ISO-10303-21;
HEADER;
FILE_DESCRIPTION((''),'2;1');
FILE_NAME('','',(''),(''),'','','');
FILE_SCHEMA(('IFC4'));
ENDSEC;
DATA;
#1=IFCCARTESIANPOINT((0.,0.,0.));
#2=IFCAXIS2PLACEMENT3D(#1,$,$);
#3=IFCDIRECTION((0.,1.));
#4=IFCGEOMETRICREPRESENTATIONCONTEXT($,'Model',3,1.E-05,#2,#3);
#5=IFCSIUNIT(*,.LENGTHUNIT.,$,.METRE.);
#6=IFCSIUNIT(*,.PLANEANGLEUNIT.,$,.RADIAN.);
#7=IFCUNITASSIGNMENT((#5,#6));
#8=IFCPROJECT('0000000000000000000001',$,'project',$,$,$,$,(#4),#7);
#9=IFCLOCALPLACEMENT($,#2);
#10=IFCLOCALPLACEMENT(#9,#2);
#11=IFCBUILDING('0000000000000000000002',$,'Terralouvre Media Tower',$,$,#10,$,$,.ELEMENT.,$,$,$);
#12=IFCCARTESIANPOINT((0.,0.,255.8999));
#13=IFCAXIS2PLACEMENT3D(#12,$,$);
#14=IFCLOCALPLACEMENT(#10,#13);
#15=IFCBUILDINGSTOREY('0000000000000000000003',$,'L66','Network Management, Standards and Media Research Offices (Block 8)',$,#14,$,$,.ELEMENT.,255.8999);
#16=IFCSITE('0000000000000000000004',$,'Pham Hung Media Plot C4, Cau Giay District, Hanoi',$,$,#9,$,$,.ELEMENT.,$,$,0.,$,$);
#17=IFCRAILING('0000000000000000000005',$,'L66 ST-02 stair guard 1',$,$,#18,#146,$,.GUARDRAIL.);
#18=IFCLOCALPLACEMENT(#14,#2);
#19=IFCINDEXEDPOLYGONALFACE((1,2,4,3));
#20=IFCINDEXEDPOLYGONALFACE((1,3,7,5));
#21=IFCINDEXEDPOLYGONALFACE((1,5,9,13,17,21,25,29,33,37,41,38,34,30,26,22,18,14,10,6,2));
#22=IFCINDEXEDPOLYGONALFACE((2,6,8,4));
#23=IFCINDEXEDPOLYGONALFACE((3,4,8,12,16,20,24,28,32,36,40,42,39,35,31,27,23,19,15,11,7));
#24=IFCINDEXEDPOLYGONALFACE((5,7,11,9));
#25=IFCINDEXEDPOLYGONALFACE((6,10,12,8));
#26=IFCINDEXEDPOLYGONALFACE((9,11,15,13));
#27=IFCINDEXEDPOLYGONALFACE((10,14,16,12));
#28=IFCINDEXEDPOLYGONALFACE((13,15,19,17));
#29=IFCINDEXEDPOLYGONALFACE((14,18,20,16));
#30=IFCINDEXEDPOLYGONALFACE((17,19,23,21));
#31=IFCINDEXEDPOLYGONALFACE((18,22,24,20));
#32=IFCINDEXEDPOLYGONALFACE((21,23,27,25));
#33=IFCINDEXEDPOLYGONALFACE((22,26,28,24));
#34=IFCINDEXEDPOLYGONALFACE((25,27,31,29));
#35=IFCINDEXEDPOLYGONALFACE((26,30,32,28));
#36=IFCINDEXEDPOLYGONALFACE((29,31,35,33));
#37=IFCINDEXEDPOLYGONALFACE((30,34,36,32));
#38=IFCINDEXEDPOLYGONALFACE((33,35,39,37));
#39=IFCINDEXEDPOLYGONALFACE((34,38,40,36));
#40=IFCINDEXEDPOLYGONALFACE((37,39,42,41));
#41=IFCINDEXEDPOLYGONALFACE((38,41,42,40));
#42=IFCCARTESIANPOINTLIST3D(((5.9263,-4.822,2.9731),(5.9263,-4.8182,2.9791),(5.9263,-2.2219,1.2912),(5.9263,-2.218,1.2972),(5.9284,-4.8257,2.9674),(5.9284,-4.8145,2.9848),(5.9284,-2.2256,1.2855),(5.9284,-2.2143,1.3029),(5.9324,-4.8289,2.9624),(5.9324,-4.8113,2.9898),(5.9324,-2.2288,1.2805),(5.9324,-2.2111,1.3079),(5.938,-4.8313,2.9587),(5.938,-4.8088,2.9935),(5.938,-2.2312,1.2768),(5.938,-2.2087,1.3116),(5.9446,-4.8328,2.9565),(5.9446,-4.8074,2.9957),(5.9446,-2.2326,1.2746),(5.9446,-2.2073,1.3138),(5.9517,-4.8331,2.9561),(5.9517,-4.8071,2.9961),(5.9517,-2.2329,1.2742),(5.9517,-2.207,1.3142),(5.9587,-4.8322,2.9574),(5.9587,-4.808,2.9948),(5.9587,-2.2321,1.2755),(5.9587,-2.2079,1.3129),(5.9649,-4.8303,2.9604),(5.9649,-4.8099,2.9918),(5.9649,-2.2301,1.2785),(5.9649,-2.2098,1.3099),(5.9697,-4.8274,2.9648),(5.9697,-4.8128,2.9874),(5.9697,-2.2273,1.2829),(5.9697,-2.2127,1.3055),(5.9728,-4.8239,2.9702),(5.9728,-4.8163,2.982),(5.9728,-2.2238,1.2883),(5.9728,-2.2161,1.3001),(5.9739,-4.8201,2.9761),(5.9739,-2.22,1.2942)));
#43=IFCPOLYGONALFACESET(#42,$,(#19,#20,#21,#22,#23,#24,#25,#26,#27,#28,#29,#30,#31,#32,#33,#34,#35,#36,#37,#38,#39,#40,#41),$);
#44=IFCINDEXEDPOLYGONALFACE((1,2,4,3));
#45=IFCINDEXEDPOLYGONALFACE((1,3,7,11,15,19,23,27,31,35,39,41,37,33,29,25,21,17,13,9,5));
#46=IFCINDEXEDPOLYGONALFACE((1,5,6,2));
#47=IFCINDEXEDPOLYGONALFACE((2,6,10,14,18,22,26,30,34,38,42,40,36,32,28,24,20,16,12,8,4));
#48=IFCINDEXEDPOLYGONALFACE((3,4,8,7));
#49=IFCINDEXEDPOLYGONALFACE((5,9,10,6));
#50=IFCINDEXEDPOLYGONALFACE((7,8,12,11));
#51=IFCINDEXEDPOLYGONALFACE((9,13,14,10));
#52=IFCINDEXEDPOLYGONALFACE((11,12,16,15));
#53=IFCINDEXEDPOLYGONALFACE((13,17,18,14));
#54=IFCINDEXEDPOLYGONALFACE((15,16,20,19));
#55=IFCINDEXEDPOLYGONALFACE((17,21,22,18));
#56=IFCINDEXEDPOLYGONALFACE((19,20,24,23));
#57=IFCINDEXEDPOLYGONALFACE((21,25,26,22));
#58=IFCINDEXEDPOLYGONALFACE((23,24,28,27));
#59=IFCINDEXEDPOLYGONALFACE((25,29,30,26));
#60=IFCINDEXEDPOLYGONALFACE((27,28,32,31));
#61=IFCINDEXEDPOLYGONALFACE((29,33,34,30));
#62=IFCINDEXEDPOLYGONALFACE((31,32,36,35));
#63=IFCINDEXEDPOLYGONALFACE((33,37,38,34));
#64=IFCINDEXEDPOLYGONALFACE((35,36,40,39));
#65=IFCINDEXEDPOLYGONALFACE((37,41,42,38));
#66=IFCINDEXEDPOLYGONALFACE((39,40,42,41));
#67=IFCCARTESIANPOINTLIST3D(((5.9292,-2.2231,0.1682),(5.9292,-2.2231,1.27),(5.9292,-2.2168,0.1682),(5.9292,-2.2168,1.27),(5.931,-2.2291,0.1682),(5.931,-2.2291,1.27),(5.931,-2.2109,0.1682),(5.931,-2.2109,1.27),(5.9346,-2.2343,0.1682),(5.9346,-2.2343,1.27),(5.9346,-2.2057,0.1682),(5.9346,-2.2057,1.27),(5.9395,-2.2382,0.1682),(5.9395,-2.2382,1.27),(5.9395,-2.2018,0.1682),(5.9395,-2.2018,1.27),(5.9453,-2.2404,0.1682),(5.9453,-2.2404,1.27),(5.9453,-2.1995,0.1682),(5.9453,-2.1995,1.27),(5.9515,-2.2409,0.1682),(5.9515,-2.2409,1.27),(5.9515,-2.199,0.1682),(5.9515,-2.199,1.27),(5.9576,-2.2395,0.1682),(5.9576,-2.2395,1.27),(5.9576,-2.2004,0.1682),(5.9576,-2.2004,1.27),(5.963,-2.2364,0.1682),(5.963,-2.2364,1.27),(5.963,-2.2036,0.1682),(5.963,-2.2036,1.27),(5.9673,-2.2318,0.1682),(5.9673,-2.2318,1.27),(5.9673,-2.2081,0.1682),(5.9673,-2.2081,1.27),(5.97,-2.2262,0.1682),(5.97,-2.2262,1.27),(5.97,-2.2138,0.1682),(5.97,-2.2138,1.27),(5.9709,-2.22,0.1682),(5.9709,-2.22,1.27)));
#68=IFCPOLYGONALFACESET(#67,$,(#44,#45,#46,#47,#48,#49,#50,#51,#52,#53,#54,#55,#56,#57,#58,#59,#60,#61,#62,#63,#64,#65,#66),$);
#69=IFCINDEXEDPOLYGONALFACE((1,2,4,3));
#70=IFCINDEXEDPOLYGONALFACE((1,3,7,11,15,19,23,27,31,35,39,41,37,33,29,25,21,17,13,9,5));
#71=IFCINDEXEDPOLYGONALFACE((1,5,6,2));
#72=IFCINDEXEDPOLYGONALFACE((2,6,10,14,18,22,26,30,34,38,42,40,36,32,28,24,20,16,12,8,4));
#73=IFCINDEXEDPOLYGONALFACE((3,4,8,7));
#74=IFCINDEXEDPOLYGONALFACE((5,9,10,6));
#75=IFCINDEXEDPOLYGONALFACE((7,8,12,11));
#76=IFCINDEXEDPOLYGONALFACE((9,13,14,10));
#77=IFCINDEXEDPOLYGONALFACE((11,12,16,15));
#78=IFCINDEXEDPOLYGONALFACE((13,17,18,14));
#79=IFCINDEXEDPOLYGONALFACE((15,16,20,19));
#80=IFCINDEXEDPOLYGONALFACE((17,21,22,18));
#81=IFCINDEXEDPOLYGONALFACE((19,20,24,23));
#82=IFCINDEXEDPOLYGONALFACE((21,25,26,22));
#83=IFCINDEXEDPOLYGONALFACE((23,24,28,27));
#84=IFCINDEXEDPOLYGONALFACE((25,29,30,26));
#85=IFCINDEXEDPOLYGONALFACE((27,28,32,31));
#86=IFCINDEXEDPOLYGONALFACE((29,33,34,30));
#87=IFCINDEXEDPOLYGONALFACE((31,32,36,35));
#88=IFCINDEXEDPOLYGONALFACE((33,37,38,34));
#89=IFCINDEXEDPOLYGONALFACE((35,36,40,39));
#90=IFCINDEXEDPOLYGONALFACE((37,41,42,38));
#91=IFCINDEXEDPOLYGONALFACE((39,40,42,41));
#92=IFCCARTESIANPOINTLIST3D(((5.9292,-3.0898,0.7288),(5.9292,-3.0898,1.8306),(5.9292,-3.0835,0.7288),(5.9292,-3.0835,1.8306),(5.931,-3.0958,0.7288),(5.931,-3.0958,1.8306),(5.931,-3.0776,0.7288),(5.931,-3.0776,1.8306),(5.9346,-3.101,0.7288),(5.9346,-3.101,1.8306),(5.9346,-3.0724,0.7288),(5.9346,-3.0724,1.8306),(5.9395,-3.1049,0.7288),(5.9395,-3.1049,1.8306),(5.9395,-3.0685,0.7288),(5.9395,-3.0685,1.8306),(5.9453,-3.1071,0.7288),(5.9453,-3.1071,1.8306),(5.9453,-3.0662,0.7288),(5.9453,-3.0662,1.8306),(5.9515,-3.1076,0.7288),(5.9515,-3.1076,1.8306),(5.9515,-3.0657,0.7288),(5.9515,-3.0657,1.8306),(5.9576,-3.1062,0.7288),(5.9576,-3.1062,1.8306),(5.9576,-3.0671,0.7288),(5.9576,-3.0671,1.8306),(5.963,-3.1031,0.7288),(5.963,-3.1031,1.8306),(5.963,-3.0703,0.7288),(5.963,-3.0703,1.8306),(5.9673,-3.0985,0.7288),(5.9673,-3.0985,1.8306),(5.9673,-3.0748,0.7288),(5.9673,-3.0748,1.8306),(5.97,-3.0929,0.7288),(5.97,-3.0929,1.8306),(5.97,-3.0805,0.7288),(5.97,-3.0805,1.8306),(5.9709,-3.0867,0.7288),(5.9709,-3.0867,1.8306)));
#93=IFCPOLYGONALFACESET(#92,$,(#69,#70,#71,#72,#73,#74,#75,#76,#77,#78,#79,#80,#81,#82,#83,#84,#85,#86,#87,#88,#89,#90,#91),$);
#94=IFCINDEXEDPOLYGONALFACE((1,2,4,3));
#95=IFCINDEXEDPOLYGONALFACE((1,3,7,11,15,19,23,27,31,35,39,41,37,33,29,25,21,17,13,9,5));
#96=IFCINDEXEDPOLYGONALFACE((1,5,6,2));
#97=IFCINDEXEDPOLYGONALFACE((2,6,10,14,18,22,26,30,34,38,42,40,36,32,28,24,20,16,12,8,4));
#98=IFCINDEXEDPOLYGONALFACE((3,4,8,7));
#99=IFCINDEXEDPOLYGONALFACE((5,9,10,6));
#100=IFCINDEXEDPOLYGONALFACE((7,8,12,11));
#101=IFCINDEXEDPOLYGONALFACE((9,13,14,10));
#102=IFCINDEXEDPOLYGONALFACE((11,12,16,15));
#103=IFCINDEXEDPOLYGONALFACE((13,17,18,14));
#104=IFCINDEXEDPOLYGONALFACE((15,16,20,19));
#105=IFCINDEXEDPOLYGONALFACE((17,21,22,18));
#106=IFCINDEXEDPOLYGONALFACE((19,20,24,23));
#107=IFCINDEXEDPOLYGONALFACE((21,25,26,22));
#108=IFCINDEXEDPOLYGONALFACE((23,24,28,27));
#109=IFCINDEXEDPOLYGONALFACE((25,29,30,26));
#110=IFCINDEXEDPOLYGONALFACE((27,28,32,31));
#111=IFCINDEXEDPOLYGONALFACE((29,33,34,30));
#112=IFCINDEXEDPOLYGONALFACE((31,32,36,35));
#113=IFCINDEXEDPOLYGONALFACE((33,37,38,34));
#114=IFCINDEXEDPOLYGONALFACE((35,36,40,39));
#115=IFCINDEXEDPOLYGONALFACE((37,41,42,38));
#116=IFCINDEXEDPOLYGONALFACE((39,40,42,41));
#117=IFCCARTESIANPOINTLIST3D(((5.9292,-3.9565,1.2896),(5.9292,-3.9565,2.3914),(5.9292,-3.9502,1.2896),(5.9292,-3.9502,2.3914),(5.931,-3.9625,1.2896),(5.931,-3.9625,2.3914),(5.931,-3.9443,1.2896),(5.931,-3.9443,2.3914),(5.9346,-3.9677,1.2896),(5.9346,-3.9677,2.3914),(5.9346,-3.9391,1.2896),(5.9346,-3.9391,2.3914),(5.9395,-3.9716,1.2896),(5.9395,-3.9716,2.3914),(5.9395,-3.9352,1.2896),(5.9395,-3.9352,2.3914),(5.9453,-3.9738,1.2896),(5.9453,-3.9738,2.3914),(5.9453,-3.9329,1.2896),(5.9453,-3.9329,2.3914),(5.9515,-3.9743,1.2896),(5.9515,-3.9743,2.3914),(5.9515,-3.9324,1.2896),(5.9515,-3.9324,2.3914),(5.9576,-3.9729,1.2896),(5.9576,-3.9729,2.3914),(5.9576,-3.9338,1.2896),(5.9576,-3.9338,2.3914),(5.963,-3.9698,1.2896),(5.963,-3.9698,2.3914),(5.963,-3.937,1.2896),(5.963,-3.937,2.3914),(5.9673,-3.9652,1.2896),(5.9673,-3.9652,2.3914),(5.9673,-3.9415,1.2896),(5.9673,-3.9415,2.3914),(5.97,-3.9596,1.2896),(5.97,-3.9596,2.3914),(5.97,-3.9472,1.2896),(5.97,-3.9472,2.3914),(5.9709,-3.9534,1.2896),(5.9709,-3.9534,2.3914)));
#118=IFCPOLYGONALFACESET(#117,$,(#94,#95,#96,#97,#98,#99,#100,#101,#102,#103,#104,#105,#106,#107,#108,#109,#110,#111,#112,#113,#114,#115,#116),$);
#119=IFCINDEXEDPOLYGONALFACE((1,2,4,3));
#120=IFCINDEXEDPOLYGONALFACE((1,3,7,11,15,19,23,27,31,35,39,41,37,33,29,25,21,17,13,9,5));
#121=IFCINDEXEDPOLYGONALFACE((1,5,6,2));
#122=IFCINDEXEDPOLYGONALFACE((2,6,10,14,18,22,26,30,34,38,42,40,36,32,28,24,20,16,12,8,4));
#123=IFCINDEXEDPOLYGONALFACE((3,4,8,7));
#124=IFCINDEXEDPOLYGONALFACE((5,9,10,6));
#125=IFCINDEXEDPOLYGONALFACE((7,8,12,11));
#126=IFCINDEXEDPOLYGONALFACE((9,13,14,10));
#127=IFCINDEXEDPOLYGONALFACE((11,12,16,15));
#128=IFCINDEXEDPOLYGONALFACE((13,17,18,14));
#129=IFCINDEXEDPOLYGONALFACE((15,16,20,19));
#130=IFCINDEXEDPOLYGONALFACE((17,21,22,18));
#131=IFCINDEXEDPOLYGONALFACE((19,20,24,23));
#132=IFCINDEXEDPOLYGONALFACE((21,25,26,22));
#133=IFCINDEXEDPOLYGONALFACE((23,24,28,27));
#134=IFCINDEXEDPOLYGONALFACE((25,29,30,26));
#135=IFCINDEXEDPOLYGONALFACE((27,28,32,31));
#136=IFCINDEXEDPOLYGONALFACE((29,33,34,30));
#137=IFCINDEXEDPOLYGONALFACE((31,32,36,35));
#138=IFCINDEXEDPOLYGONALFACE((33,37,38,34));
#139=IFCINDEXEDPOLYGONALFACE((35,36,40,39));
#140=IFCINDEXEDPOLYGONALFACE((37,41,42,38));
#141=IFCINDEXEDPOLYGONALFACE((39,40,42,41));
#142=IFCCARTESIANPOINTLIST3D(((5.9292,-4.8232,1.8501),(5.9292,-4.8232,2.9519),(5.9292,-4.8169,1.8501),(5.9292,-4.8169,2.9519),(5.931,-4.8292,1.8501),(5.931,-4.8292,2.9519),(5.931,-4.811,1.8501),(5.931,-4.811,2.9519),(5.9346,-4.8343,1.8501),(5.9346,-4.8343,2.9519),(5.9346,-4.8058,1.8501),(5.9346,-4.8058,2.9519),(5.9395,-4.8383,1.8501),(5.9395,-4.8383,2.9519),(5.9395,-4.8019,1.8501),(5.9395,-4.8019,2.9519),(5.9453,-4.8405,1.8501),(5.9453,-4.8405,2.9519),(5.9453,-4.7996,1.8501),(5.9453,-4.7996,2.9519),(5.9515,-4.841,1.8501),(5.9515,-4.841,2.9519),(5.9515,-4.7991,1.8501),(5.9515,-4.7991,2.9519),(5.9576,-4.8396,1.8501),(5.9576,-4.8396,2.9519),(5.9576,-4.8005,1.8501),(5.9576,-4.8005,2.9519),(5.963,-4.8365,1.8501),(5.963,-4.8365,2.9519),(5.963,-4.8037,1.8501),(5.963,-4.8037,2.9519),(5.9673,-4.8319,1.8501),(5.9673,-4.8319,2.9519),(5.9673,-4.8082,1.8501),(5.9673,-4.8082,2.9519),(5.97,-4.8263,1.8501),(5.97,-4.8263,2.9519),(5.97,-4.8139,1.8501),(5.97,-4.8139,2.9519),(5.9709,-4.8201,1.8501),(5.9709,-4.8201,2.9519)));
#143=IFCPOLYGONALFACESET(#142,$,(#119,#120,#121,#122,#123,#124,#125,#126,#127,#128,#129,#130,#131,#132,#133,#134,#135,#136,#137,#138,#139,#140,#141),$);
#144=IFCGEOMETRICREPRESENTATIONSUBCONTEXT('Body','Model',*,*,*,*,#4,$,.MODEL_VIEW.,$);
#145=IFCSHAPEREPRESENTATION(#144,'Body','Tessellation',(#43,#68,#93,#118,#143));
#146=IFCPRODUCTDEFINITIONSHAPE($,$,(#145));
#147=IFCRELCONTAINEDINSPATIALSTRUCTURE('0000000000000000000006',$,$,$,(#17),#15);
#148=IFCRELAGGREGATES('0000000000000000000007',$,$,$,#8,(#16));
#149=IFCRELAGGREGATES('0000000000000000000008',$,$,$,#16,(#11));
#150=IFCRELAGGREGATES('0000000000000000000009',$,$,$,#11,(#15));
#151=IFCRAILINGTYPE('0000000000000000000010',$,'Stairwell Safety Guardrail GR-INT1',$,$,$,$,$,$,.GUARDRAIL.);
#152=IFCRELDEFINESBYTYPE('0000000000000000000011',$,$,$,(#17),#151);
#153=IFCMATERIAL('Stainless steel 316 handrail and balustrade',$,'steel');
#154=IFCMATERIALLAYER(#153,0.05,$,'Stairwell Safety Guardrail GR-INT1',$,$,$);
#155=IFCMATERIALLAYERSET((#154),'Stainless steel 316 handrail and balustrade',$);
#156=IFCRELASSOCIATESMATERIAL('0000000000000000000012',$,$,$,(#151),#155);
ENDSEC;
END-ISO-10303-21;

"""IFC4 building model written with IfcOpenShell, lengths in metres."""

from ifc_helpers import new_model, si_unit, direction, frame, origin, origin_2d, place, context, subcontext, project, spatial, circle, extrude, material, layer, layer_set, type_object, element, save


model = new_model("IFC4")

# Units and contexts
model_context = context("Model", 3, precision=1e-05, world=origin(), true_north=direction((0.0, 1.0)))
body_context = subcontext(model_context, "Body", "Model", "MODEL_VIEW")
ifc_project = project(units=[si_unit("LENGTHUNIT", "METRE"), si_unit("PLANEANGLEUNIT", "RADIAN")], contexts=[model_context])

# Site, building, storey
site_placement = place(None, origin())
site = spatial("IfcSite", under=ifc_project, at=site_placement, Name="Pham Hung Media Plot C4, Cau Giay District, Hanoi", CompositionType="ELEMENT", RefElevation=0.0)
building_placement = place(site_placement, origin())
building = spatial("IfcBuilding", under=site, at=building_placement, Name="Terralouvre Media Tower", CompositionType="ELEMENT")
storey_placement = place(building_placement, frame((0.0, 0.0, 255.8999)))
storey = spatial("IfcBuildingStorey", under=building, at=storey_placement, Name="L66", Description="Network Management, Standards and Media Research Offices (Block 8)", CompositionType="ELEMENT", Elevation=255.8999)

# Railing
ifc_material_1 = material(Name="Stainless steel 316 handrail and balustrade", Category="steel")
ifc_layer_1 = layer(ifc_material_1, 0.05, Name="Stairwell Safety Guardrail GR-INT1")
ifc_layer_set_1 = layer_set([ifc_layer_1], Name="Stainless steel 316 handrail and balustrade")
railing_type_1 = type_object("IfcRailingType", Name="Stairwell Safety Guardrail GR-INT1", PredefinedType="GUARDRAIL", material=ifc_layer_set_1)
railing_1_placement = place(storey_placement, frame((5.95, -2.22, 0.1682)))
element("IfcRailing", 1, at=railing_1_placement, inside=storey, type_object=railing_type_1, Name="L66 ST-02 stair guard 1", PredefinedType="GUARDRAIL", context=body_context, shape_type="SweptSolid", body=[
    extrude(circle(Radius=0.0239, at=origin_2d()), frame((0.0, 0.0, 1.126), z_axis=(0.0, -0.839648, 0.54313), x_axis=(1.0, 0.0, 0.0)), (0.0, 0.0, 1.0), 3.0967),
    extrude(circle(Radius=0.021, at=origin_2d()), origin(), (0.0, 0.0, 1.0), 1.1018),
    extrude(circle(Radius=0.021, at=origin_2d()), frame((0.0, -0.8667, 0.5605)), (0.0, 0.0, 1.0), 1.1018),
    extrude(circle(Radius=0.021, at=origin_2d()), frame((0.0, -1.7334, 1.1213)), (0.0, 0.0, 1.0), 1.1018),
    extrude(circle(Radius=0.021, at=origin_2d()), frame((0.0, -2.6001, 1.6819)), (0.0, 0.0, 1.0), 1.1018),
])

save(model, "model.ifc")
